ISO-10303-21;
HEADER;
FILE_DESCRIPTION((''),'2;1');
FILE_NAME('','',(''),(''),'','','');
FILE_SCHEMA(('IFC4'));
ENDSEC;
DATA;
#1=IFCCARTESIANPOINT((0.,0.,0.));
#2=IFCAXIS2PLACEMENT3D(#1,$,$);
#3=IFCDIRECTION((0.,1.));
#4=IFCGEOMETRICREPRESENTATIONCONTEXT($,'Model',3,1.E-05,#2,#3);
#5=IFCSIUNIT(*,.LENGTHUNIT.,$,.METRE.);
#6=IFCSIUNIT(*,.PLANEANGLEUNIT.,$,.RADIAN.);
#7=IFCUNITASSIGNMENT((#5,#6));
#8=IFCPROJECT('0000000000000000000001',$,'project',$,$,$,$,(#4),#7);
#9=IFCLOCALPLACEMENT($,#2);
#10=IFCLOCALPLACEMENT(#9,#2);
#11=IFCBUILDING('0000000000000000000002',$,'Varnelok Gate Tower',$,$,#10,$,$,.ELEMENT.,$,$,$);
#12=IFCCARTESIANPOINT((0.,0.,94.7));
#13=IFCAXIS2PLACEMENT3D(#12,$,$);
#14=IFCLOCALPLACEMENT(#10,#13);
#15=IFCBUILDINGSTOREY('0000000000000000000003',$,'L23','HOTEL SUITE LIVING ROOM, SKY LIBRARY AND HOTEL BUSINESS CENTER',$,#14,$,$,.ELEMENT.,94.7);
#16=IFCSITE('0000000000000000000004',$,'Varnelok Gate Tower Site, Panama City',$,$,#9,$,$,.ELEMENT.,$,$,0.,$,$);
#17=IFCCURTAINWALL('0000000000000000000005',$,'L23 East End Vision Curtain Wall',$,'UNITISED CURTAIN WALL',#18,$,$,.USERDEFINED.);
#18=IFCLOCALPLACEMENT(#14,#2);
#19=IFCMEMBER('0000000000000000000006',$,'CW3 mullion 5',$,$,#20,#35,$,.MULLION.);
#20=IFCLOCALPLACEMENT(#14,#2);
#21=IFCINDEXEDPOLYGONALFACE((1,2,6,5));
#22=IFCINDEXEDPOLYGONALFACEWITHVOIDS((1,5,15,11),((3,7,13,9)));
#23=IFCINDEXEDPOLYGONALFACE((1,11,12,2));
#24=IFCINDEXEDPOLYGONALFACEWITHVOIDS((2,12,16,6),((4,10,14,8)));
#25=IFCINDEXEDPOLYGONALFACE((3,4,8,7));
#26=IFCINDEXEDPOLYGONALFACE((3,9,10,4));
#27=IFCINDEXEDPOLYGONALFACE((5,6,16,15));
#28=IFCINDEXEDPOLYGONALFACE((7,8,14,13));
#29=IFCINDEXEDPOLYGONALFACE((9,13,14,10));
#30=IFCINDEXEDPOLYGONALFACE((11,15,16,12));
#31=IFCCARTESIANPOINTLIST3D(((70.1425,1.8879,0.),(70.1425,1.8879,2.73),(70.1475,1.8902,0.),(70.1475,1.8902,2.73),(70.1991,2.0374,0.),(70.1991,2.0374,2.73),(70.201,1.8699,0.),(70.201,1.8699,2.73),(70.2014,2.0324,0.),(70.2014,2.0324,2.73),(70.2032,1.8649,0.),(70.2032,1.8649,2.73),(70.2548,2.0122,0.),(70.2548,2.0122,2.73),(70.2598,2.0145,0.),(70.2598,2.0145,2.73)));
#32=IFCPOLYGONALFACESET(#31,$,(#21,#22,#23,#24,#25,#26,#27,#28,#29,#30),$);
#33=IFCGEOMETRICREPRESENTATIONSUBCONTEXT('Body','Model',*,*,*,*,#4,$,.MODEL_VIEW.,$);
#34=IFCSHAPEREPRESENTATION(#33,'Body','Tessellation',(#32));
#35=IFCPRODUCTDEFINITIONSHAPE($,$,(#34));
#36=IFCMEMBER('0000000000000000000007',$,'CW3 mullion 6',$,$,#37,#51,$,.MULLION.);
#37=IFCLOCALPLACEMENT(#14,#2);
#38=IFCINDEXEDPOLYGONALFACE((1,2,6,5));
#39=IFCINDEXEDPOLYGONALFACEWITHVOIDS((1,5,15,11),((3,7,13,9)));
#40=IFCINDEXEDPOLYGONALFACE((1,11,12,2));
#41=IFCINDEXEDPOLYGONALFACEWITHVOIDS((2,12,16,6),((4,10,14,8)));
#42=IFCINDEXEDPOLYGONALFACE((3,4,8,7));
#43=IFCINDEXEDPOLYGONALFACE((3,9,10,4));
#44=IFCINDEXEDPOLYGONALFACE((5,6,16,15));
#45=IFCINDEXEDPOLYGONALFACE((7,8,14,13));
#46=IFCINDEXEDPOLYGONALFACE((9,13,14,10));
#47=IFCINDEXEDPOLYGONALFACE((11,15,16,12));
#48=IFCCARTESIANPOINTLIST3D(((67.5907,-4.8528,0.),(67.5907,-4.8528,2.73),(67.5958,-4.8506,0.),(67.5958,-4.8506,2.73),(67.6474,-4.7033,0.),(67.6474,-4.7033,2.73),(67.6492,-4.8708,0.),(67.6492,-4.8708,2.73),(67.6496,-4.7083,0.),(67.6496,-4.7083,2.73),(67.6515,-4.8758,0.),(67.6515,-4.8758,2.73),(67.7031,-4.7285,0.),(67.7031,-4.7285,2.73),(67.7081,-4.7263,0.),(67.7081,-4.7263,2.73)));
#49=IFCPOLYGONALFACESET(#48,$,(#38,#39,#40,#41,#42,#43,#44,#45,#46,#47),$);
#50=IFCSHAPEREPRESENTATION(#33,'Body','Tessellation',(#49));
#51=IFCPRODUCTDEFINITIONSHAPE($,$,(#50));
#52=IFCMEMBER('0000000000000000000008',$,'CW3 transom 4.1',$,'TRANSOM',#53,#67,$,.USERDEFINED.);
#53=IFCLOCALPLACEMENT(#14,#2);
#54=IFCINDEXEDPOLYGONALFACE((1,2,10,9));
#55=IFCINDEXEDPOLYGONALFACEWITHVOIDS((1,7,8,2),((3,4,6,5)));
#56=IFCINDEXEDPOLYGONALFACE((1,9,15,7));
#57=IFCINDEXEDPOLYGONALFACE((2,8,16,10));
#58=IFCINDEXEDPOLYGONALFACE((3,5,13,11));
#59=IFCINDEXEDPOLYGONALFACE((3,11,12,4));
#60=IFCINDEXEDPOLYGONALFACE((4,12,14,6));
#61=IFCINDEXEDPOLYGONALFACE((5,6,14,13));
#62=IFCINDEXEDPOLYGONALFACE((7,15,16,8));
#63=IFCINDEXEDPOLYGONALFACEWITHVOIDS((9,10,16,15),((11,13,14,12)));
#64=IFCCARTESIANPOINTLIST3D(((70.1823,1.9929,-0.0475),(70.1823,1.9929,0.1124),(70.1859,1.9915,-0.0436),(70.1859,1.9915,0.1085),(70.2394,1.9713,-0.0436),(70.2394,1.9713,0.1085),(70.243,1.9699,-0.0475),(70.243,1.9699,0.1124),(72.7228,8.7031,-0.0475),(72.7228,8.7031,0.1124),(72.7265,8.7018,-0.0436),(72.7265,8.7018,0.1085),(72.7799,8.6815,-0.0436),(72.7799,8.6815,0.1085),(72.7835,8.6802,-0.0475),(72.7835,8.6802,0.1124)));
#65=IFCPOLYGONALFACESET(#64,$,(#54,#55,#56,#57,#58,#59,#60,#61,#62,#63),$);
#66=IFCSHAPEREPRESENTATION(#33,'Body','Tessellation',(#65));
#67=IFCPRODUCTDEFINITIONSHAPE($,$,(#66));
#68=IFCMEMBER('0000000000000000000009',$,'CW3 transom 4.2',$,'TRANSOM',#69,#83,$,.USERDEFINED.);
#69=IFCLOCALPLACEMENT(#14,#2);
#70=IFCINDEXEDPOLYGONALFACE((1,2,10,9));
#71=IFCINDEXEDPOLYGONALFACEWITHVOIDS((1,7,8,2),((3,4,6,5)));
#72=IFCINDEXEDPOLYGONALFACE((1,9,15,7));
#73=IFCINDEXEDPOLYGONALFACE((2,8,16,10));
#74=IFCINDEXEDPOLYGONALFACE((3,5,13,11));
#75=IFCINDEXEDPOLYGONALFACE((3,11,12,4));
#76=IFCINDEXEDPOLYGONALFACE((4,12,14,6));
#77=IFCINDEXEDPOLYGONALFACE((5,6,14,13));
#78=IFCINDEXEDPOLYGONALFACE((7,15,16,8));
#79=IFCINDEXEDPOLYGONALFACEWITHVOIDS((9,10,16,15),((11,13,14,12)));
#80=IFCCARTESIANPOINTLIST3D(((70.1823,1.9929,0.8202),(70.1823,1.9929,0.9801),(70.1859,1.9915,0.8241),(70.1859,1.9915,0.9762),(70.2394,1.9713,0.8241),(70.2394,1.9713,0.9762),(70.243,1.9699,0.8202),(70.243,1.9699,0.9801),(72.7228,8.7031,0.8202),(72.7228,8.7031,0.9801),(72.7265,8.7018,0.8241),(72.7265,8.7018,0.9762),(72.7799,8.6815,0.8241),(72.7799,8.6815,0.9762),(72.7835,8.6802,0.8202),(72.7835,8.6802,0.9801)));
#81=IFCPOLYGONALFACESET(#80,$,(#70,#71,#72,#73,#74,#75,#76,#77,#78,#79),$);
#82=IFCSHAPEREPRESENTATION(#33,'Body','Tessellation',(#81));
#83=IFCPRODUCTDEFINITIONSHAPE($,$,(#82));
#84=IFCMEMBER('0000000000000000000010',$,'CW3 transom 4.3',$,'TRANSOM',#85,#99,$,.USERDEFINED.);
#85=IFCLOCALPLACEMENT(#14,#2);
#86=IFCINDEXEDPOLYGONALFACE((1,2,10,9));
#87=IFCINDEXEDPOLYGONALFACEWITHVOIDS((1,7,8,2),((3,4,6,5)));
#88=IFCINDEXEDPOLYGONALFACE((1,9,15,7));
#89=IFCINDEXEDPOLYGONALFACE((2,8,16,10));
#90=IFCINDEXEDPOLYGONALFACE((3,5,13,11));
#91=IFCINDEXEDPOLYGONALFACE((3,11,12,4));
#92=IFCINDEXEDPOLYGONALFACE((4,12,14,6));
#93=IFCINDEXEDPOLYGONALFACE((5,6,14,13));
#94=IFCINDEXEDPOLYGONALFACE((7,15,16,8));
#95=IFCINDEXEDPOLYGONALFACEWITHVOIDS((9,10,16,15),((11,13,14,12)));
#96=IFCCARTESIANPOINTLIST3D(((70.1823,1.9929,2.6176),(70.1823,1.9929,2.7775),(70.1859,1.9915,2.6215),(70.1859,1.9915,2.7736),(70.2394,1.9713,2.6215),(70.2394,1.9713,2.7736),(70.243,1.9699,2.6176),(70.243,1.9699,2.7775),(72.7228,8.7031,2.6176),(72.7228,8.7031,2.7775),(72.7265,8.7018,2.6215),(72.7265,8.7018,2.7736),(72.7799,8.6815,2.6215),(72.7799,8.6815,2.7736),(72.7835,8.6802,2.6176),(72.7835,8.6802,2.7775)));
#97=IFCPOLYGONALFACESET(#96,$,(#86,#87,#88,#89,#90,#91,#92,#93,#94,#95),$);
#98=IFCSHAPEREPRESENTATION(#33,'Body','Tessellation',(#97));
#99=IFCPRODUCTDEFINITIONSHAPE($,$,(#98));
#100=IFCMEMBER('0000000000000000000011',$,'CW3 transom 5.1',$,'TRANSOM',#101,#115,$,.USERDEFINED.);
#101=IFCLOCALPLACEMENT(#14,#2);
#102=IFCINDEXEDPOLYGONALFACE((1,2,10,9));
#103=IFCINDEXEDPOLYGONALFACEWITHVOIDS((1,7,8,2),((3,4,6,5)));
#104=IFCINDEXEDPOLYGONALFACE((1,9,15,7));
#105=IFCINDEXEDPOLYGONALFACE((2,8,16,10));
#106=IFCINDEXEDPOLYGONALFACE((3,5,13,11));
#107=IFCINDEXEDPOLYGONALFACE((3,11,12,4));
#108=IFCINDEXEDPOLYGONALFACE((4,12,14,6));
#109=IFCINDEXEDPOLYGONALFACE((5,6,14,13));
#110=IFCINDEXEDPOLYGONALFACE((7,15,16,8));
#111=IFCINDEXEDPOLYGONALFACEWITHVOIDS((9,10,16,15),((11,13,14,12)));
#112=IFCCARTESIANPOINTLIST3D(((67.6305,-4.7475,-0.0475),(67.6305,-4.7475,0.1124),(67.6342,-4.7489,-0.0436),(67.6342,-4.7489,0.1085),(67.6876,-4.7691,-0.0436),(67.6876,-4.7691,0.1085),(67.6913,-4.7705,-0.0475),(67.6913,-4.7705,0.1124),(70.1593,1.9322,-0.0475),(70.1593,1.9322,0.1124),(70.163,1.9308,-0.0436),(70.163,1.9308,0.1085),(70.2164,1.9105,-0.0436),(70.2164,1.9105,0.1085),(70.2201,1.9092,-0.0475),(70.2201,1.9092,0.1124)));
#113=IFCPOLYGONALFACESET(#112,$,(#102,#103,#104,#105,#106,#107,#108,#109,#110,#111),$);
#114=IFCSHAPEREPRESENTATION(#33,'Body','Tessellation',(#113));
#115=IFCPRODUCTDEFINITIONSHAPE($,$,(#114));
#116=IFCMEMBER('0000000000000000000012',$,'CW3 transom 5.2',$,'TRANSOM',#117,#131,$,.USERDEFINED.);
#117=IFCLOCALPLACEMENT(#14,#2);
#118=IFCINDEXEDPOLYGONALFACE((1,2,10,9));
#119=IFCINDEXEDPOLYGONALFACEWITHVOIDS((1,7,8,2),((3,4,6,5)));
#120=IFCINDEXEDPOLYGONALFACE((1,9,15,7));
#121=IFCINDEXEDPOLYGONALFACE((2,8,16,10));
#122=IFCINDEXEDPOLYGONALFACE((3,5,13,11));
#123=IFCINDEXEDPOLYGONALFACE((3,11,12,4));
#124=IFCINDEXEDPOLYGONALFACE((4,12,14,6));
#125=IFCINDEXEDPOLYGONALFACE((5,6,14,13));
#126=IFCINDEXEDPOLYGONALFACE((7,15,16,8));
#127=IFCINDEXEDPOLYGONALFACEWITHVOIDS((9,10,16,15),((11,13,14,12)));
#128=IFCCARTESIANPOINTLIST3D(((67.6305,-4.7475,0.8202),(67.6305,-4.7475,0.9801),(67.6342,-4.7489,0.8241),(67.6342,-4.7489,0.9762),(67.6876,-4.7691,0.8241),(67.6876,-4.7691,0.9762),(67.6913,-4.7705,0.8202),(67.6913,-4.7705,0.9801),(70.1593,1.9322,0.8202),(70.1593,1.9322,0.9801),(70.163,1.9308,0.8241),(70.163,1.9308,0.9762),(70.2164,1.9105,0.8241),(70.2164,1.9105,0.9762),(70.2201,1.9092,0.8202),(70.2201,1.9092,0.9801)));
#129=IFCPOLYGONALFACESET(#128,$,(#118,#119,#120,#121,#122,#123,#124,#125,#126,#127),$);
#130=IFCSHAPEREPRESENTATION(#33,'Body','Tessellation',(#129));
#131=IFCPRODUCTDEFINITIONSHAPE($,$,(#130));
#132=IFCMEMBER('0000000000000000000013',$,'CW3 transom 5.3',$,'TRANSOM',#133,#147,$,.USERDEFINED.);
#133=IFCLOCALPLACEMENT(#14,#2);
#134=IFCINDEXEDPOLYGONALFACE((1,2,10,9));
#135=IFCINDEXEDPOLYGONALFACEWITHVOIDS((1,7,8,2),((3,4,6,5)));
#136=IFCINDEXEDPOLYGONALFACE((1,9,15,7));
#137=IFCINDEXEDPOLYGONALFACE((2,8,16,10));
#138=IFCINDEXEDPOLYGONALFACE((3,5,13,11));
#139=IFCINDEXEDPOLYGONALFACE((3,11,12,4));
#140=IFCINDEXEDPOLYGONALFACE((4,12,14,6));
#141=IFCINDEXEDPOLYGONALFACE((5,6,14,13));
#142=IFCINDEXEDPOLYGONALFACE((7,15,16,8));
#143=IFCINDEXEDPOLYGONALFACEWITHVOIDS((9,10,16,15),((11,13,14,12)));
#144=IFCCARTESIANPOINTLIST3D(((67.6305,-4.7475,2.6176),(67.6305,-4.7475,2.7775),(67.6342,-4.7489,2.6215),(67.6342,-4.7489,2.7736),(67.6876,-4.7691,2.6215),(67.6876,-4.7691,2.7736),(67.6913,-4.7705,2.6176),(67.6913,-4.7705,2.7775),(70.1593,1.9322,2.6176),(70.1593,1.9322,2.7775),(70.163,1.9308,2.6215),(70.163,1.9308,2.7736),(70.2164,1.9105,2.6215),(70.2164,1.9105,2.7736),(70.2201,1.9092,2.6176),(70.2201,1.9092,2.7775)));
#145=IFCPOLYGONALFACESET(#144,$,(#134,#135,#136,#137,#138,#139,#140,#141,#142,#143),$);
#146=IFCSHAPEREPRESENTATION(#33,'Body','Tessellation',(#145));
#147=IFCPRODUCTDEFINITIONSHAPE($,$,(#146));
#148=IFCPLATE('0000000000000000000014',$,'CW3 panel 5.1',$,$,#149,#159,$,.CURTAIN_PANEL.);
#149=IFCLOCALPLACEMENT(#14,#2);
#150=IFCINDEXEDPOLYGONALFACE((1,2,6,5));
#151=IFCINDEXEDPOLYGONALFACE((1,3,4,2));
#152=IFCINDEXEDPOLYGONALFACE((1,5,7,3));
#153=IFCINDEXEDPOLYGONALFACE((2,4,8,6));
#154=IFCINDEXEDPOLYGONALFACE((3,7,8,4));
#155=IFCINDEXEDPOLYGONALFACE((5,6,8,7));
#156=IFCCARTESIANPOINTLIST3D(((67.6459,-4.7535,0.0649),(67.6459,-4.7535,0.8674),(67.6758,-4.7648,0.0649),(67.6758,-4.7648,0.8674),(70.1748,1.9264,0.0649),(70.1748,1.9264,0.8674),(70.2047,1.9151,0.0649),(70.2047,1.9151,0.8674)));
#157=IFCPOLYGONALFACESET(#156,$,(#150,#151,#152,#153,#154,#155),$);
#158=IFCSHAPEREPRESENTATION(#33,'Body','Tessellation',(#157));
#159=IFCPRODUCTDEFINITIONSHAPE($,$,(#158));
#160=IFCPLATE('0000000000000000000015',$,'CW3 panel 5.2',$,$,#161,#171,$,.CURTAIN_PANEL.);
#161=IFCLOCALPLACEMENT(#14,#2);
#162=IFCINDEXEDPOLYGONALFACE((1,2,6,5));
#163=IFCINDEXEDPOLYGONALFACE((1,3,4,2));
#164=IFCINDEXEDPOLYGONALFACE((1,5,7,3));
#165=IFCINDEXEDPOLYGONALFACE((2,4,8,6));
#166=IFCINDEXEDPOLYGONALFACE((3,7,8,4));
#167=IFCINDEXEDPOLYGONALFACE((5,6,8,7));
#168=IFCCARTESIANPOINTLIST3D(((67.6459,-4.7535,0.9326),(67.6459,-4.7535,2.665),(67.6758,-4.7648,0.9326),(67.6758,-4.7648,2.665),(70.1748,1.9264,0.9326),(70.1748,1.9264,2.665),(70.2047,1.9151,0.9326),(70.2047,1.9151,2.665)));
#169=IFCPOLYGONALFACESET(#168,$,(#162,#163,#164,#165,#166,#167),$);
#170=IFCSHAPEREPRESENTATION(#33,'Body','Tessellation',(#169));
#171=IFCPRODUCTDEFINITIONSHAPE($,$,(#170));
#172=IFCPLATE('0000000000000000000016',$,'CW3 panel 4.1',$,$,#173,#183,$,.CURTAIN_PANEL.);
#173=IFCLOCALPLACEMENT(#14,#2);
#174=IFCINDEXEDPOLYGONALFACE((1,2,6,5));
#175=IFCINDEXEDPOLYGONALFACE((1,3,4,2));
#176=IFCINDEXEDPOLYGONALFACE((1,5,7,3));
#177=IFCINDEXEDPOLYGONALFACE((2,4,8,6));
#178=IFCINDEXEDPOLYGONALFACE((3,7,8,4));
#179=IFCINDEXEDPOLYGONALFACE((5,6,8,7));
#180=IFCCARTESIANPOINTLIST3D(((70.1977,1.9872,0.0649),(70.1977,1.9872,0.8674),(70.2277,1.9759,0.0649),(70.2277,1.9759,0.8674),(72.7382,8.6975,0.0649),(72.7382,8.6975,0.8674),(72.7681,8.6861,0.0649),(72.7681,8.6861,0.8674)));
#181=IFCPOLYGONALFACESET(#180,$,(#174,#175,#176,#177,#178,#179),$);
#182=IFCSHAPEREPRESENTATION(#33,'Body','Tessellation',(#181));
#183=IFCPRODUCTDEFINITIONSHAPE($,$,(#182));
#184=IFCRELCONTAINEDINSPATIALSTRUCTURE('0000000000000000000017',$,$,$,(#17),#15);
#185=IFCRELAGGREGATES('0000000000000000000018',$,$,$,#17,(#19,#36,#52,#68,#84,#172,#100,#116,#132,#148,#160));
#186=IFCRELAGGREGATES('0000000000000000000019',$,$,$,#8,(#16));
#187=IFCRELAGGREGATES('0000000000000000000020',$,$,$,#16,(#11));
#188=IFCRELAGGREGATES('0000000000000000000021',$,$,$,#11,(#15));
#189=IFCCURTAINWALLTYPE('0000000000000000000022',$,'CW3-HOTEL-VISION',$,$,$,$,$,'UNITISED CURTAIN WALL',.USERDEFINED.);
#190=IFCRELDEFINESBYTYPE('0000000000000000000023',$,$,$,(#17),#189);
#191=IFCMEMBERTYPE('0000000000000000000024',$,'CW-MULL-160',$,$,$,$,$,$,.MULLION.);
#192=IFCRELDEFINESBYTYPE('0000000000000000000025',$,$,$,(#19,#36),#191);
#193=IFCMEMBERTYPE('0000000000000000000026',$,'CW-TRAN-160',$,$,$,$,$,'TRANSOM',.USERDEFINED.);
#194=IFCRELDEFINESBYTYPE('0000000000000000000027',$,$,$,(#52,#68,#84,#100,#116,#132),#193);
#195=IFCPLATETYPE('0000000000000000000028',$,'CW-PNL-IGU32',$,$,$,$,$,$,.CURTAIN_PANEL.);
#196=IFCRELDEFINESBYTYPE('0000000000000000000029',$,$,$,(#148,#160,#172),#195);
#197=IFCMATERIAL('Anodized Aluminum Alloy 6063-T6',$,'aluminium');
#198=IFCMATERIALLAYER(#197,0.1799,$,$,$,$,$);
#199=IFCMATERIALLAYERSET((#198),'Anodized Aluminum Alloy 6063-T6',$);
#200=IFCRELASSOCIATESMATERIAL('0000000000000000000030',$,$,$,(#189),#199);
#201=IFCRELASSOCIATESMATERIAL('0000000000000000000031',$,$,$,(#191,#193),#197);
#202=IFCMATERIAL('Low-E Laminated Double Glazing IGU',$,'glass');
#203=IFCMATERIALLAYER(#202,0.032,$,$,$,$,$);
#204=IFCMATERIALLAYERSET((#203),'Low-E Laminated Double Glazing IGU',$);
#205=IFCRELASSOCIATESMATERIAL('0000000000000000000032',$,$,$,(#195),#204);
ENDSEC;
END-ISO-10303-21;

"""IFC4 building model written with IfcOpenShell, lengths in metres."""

from ifc_helpers import new_model, si_unit, direction, frame, origin, origin_2d, place, context, subcontext, project, spatial, rectangle, hollow_rectangle, extrude, source, transform, mapped, material, layer, layer_set, material_profile, profile_set, type_object, element, aggregate, save


model = new_model("IFC4")

# Units and contexts
model_context = context("Model", 3, precision=1e-05, world=origin(), true_north=direction((0.0, 1.0)))
body_context = subcontext(model_context, "Body", "Model", "MODEL_VIEW")
ifc_project = project(units=[si_unit("LENGTHUNIT", "METRE"), si_unit("PLANEANGLEUNIT", "RADIAN")], contexts=[model_context])

# Site, building, storey
site_placement = place(None, origin())
site = spatial("IfcSite", under=ifc_project, at=site_placement, Name="Varnelok Gate Tower Site, Panama City", CompositionType="ELEMENT", RefElevation=0.0)
building_placement = place(site_placement, origin())
building = spatial("IfcBuilding", under=site, at=building_placement, Name="Varnelok Gate Tower", CompositionType="ELEMENT")
storey_placement = place(building_placement, frame((0.0, 0.0, 94.7)))
storey = spatial("IfcBuildingStorey", under=building, at=storey_placement, Name="L23", Description="HOTEL SUITE LIVING ROOM, SKY LIBRARY AND HOTEL BUSINESS CENTER", CompositionType="ELEMENT", Elevation=94.7)

# Curtain wall, members, plates
ifc_material_1 = material(Name="Anodized Aluminum Alloy 6063-T6", Category="aluminium")
ifc_layer_1 = layer(ifc_material_1, 0.1799)
ifc_layer_set_1 = layer_set([ifc_layer_1], Name="Anodized Aluminum Alloy 6063-T6")
curtain_wall_type = type_object("IfcCurtainWallType", Name="CW3-HOTEL-VISION", ElementType="UNITISED CURTAIN WALL", PredefinedType="USERDEFINED", material=ifc_layer_set_1)
curtain_wall_placement = place(storey_placement, origin())
curtain_wall = element("IfcCurtainWall", 1, at=curtain_wall_placement, inside=storey, type_object=curtain_wall_type, Name="L23 East End Vision Curtain Wall", ObjectType="UNITISED CURTAIN WALL", PredefinedType="USERDEFINED")
ifc_material_profile_1 = material_profile(ifc_material_1, hollow_rectangle(XDim=0.0649, YDim=0.1599, WallThickness=0.0039, at=origin_2d()), Name="ALU160X65X4")
ifc_profile_set_1 = profile_set([ifc_material_profile_1], Name="Anodized Aluminum Alloy 6063-T6")
member_type_1 = type_object("IfcMemberType", Name="CW-MULL-160", PredefinedType="MULLION", material=ifc_profile_set_1)
member_1_placement = place(storey_placement, frame((70.2012, 1.9512, 0.0), z_axis=(0.0, 0.0, 1.0), x_axis=(0.935221, -0.354064, 0.0)))
member_1 = element("IfcMember", 2, at=member_1_placement, type_object=member_type_1, Name="CW3 mullion 5", PredefinedType="MULLION", context=body_context, shape_type="SweptSolid", body=[
    extrude(hollow_rectangle(XDim=0.0649, YDim=0.1599, WallThickness=0.0039, at=origin_2d()), origin(), (0.0, 0.0, 1.0), 2.73),
])
member_2_placement = place(storey_placement, frame((67.6494, -4.7896, 0.0), z_axis=(0.0, 0.0, 1.0), x_axis=(0.935221, -0.354064, 0.0)))
member_2 = element("IfcMember", 3, at=member_2_placement, type_object=member_type_1, Name="CW3 mullion 6", PredefinedType="MULLION", context=body_context, shape_type="SweptSolid", body=[
    extrude(hollow_rectangle(XDim=0.0649, YDim=0.1599, WallThickness=0.0039, at=origin_2d()), origin(), (0.0, 0.0, 1.0), 2.73),
])
ifc_material_profile_2 = material_profile(ifc_material_1, hollow_rectangle(XDim=0.0649, YDim=0.1599, WallThickness=0.0039, at=origin_2d()), Name="ALU160X65X4")
ifc_profile_set_2 = profile_set([ifc_material_profile_2], Name="Anodized Aluminum Alloy 6063-T6")
member_type_2 = type_object("IfcMemberType", Name="CW-TRAN-160", ElementType="TRANSOM", PredefinedType="USERDEFINED", material=ifc_profile_set_2)
member_3_placement = place(storey_placement, frame((72.7532, 8.6917, 0.0325), z_axis=(-0.354079, -0.935216, 0.0), x_axis=(0.935216, -0.354079, 0.0)))
member_3 = element("IfcMember", 4, at=member_3_placement, type_object=member_type_2, Name="CW3 transom 4.1", ObjectType="TRANSOM", PredefinedType="USERDEFINED", context=body_context, shape_type="SweptSolid", body=[
    extrude(hollow_rectangle(XDim=0.0649, YDim=0.1599, WallThickness=0.0039, at=origin_2d()), origin(), (0.0, 0.0, 1.0), 7.175),
])
member_4_placement = place(storey_placement, frame((72.7532, 8.6917, 0.9001), z_axis=(-0.354079, -0.935216, 0.0), x_axis=(0.935216, -0.354079, 0.0)))
member_4 = element("IfcMember", 5, at=member_4_placement, type_object=member_type_2, Name="CW3 transom 4.2", ObjectType="TRANSOM", PredefinedType="USERDEFINED", context=body_context, shape_type="SweptSolid", body=[
    extrude(hollow_rectangle(XDim=0.0649, YDim=0.1599, WallThickness=0.0039, at=origin_2d()), origin(), (0.0, 0.0, 1.0), 7.175),
])
member_5_placement = place(storey_placement, frame((72.7532, 8.6917, 2.6975), z_axis=(-0.354079, -0.935216, 0.0), x_axis=(0.935216, -0.354079, 0.0)))
member_5 = element("IfcMember", 6, at=member_5_placement, type_object=member_type_2, Name="CW3 transom 4.3", ObjectType="TRANSOM", PredefinedType="USERDEFINED", context=body_context, shape_type="SweptSolid", body=[
    extrude(hollow_rectangle(XDim=0.0649, YDim=0.1599, WallThickness=0.0039, at=origin_2d()), origin(), (0.0, 0.0, 1.0), 7.175),
])
member_6_placement = place(storey_placement, frame((70.1897, 1.9207, 0.0325), z_axis=(-0.354059, -0.935223, 0.0), x_axis=(0.935223, -0.354059, 0.0)))
member_6 = element("IfcMember", 7, at=member_6_placement, type_object=member_type_2, Name="CW3 transom 5.1", ObjectType="TRANSOM", PredefinedType="USERDEFINED", context=body_context, shape_type="SweptSolid", body=[
    extrude(hollow_rectangle(XDim=0.0649, YDim=0.1599, WallThickness=0.0039, at=origin_2d()), origin(), (0.0, 0.0, 1.0), 7.1423),
])
member_7_placement = place(storey_placement, frame((70.1897, 1.9207, 0.9001), z_axis=(-0.354059, -0.935223, 0.0), x_axis=(0.935223, -0.354059, 0.0)))
member_7 = element("IfcMember", 8, at=member_7_placement, type_object=member_type_2, Name="CW3 transom 5.2", ObjectType="TRANSOM", PredefinedType="USERDEFINED", context=body_context, shape_type="SweptSolid", body=[
    extrude(hollow_rectangle(XDim=0.0649, YDim=0.1599, WallThickness=0.0039, at=origin_2d()), origin(), (0.0, 0.0, 1.0), 7.1423),
])
member_8_placement = place(storey_placement, frame((70.1897, 1.9207, 2.6975), z_axis=(-0.354059, -0.935223, 0.0), x_axis=(0.935223, -0.354059, 0.0)))
member_8 = element("IfcMember", 9, at=member_8_placement, type_object=member_type_2, Name="CW3 transom 5.3", ObjectType="TRANSOM", PredefinedType="USERDEFINED", context=body_context, shape_type="SweptSolid", body=[
    extrude(hollow_rectangle(XDim=0.0649, YDim=0.1599, WallThickness=0.0039, at=origin_2d()), origin(), (0.0, 0.0, 1.0), 7.1423),
])
ifc_material_2 = material(Name="Low-E Laminated Double Glazing IGU", Category="glass")
ifc_layer_2 = layer(ifc_material_2, 0.032)
ifc_layer_set_2 = layer_set([ifc_layer_2], Name="Low-E Laminated Double Glazing IGU")
plate_type = type_object("IfcPlateType", Name="CW-PNL-IGU32", PredefinedType="CURTAIN_PANEL", material=ifc_layer_set_2)
shared_shape_1 = source(origin(), body_context, "Body", "SweptSolid", [
    extrude(rectangle(XDim=7.1426, YDim=0.032, at=origin_2d()), origin(), (0.0, 0.0, 1.0), 0.8025),
])
plate_1_placement = place(storey_placement, frame((68.9253, -1.4192, 0.0649), z_axis=(0.0, 0.0, 1.0), x_axis=(-0.354064, -0.935221, 0.0)))
plate_1 = element("IfcPlate", 10, at=plate_1_placement, type_object=plate_type, Name="CW3 panel 5.1", PredefinedType="CURTAIN_PANEL", context=body_context, shape_type="MappedRepresentation", body=[
    mapped(shared_shape_1, transform((0.0, 0.0, 0.0), scale=1.0)),
])
shared_shape_2 = source(origin(), body_context, "Body", "SweptSolid", [
    extrude(rectangle(XDim=7.1426, YDim=0.032, at=origin_2d()), origin(), (0.0, 0.0, 1.0), 1.7324),
])
plate_2_placement = place(storey_placement, frame((68.9253, -1.4192, 0.9326), z_axis=(0.0, 0.0, 1.0), x_axis=(-0.354064, -0.935221, 0.0)))
plate_2 = element("IfcPlate", 11, at=plate_2_placement, type_object=plate_type, Name="CW3 panel 5.2", PredefinedType="CURTAIN_PANEL", context=body_context, shape_type="MappedRepresentation", body=[
    mapped(shared_shape_2, transform((0.0, 0.0, 0.0), scale=1.0)),
])
shared_shape_3 = source(origin(), body_context, "Body", "SweptSolid", [
    extrude(rectangle(XDim=7.175, YDim=0.032, at=origin_2d()), origin(), (0.0, 0.0, 1.0), 0.8025),
])
plate_3_placement = place(storey_placement, frame((71.4829, 5.3367, 0.0649), z_axis=(0.0, 0.0, 1.0), x_axis=(-0.354064, -0.935221, 0.0)))
plate_3 = element("IfcPlate", 12, at=plate_3_placement, type_object=plate_type, Name="CW3 panel 4.1", PredefinedType="CURTAIN_PANEL", context=body_context, shape_type="MappedRepresentation", body=[
    mapped(shared_shape_3, transform((0.0, 0.0, 0.0), scale=1.0)),
])
aggregate(curtain_wall, [member_1, member_2, member_3, member_4, member_5, plate_3, member_6, member_7, member_8, plate_1, plate_2])

save(model, "model.ifc")
